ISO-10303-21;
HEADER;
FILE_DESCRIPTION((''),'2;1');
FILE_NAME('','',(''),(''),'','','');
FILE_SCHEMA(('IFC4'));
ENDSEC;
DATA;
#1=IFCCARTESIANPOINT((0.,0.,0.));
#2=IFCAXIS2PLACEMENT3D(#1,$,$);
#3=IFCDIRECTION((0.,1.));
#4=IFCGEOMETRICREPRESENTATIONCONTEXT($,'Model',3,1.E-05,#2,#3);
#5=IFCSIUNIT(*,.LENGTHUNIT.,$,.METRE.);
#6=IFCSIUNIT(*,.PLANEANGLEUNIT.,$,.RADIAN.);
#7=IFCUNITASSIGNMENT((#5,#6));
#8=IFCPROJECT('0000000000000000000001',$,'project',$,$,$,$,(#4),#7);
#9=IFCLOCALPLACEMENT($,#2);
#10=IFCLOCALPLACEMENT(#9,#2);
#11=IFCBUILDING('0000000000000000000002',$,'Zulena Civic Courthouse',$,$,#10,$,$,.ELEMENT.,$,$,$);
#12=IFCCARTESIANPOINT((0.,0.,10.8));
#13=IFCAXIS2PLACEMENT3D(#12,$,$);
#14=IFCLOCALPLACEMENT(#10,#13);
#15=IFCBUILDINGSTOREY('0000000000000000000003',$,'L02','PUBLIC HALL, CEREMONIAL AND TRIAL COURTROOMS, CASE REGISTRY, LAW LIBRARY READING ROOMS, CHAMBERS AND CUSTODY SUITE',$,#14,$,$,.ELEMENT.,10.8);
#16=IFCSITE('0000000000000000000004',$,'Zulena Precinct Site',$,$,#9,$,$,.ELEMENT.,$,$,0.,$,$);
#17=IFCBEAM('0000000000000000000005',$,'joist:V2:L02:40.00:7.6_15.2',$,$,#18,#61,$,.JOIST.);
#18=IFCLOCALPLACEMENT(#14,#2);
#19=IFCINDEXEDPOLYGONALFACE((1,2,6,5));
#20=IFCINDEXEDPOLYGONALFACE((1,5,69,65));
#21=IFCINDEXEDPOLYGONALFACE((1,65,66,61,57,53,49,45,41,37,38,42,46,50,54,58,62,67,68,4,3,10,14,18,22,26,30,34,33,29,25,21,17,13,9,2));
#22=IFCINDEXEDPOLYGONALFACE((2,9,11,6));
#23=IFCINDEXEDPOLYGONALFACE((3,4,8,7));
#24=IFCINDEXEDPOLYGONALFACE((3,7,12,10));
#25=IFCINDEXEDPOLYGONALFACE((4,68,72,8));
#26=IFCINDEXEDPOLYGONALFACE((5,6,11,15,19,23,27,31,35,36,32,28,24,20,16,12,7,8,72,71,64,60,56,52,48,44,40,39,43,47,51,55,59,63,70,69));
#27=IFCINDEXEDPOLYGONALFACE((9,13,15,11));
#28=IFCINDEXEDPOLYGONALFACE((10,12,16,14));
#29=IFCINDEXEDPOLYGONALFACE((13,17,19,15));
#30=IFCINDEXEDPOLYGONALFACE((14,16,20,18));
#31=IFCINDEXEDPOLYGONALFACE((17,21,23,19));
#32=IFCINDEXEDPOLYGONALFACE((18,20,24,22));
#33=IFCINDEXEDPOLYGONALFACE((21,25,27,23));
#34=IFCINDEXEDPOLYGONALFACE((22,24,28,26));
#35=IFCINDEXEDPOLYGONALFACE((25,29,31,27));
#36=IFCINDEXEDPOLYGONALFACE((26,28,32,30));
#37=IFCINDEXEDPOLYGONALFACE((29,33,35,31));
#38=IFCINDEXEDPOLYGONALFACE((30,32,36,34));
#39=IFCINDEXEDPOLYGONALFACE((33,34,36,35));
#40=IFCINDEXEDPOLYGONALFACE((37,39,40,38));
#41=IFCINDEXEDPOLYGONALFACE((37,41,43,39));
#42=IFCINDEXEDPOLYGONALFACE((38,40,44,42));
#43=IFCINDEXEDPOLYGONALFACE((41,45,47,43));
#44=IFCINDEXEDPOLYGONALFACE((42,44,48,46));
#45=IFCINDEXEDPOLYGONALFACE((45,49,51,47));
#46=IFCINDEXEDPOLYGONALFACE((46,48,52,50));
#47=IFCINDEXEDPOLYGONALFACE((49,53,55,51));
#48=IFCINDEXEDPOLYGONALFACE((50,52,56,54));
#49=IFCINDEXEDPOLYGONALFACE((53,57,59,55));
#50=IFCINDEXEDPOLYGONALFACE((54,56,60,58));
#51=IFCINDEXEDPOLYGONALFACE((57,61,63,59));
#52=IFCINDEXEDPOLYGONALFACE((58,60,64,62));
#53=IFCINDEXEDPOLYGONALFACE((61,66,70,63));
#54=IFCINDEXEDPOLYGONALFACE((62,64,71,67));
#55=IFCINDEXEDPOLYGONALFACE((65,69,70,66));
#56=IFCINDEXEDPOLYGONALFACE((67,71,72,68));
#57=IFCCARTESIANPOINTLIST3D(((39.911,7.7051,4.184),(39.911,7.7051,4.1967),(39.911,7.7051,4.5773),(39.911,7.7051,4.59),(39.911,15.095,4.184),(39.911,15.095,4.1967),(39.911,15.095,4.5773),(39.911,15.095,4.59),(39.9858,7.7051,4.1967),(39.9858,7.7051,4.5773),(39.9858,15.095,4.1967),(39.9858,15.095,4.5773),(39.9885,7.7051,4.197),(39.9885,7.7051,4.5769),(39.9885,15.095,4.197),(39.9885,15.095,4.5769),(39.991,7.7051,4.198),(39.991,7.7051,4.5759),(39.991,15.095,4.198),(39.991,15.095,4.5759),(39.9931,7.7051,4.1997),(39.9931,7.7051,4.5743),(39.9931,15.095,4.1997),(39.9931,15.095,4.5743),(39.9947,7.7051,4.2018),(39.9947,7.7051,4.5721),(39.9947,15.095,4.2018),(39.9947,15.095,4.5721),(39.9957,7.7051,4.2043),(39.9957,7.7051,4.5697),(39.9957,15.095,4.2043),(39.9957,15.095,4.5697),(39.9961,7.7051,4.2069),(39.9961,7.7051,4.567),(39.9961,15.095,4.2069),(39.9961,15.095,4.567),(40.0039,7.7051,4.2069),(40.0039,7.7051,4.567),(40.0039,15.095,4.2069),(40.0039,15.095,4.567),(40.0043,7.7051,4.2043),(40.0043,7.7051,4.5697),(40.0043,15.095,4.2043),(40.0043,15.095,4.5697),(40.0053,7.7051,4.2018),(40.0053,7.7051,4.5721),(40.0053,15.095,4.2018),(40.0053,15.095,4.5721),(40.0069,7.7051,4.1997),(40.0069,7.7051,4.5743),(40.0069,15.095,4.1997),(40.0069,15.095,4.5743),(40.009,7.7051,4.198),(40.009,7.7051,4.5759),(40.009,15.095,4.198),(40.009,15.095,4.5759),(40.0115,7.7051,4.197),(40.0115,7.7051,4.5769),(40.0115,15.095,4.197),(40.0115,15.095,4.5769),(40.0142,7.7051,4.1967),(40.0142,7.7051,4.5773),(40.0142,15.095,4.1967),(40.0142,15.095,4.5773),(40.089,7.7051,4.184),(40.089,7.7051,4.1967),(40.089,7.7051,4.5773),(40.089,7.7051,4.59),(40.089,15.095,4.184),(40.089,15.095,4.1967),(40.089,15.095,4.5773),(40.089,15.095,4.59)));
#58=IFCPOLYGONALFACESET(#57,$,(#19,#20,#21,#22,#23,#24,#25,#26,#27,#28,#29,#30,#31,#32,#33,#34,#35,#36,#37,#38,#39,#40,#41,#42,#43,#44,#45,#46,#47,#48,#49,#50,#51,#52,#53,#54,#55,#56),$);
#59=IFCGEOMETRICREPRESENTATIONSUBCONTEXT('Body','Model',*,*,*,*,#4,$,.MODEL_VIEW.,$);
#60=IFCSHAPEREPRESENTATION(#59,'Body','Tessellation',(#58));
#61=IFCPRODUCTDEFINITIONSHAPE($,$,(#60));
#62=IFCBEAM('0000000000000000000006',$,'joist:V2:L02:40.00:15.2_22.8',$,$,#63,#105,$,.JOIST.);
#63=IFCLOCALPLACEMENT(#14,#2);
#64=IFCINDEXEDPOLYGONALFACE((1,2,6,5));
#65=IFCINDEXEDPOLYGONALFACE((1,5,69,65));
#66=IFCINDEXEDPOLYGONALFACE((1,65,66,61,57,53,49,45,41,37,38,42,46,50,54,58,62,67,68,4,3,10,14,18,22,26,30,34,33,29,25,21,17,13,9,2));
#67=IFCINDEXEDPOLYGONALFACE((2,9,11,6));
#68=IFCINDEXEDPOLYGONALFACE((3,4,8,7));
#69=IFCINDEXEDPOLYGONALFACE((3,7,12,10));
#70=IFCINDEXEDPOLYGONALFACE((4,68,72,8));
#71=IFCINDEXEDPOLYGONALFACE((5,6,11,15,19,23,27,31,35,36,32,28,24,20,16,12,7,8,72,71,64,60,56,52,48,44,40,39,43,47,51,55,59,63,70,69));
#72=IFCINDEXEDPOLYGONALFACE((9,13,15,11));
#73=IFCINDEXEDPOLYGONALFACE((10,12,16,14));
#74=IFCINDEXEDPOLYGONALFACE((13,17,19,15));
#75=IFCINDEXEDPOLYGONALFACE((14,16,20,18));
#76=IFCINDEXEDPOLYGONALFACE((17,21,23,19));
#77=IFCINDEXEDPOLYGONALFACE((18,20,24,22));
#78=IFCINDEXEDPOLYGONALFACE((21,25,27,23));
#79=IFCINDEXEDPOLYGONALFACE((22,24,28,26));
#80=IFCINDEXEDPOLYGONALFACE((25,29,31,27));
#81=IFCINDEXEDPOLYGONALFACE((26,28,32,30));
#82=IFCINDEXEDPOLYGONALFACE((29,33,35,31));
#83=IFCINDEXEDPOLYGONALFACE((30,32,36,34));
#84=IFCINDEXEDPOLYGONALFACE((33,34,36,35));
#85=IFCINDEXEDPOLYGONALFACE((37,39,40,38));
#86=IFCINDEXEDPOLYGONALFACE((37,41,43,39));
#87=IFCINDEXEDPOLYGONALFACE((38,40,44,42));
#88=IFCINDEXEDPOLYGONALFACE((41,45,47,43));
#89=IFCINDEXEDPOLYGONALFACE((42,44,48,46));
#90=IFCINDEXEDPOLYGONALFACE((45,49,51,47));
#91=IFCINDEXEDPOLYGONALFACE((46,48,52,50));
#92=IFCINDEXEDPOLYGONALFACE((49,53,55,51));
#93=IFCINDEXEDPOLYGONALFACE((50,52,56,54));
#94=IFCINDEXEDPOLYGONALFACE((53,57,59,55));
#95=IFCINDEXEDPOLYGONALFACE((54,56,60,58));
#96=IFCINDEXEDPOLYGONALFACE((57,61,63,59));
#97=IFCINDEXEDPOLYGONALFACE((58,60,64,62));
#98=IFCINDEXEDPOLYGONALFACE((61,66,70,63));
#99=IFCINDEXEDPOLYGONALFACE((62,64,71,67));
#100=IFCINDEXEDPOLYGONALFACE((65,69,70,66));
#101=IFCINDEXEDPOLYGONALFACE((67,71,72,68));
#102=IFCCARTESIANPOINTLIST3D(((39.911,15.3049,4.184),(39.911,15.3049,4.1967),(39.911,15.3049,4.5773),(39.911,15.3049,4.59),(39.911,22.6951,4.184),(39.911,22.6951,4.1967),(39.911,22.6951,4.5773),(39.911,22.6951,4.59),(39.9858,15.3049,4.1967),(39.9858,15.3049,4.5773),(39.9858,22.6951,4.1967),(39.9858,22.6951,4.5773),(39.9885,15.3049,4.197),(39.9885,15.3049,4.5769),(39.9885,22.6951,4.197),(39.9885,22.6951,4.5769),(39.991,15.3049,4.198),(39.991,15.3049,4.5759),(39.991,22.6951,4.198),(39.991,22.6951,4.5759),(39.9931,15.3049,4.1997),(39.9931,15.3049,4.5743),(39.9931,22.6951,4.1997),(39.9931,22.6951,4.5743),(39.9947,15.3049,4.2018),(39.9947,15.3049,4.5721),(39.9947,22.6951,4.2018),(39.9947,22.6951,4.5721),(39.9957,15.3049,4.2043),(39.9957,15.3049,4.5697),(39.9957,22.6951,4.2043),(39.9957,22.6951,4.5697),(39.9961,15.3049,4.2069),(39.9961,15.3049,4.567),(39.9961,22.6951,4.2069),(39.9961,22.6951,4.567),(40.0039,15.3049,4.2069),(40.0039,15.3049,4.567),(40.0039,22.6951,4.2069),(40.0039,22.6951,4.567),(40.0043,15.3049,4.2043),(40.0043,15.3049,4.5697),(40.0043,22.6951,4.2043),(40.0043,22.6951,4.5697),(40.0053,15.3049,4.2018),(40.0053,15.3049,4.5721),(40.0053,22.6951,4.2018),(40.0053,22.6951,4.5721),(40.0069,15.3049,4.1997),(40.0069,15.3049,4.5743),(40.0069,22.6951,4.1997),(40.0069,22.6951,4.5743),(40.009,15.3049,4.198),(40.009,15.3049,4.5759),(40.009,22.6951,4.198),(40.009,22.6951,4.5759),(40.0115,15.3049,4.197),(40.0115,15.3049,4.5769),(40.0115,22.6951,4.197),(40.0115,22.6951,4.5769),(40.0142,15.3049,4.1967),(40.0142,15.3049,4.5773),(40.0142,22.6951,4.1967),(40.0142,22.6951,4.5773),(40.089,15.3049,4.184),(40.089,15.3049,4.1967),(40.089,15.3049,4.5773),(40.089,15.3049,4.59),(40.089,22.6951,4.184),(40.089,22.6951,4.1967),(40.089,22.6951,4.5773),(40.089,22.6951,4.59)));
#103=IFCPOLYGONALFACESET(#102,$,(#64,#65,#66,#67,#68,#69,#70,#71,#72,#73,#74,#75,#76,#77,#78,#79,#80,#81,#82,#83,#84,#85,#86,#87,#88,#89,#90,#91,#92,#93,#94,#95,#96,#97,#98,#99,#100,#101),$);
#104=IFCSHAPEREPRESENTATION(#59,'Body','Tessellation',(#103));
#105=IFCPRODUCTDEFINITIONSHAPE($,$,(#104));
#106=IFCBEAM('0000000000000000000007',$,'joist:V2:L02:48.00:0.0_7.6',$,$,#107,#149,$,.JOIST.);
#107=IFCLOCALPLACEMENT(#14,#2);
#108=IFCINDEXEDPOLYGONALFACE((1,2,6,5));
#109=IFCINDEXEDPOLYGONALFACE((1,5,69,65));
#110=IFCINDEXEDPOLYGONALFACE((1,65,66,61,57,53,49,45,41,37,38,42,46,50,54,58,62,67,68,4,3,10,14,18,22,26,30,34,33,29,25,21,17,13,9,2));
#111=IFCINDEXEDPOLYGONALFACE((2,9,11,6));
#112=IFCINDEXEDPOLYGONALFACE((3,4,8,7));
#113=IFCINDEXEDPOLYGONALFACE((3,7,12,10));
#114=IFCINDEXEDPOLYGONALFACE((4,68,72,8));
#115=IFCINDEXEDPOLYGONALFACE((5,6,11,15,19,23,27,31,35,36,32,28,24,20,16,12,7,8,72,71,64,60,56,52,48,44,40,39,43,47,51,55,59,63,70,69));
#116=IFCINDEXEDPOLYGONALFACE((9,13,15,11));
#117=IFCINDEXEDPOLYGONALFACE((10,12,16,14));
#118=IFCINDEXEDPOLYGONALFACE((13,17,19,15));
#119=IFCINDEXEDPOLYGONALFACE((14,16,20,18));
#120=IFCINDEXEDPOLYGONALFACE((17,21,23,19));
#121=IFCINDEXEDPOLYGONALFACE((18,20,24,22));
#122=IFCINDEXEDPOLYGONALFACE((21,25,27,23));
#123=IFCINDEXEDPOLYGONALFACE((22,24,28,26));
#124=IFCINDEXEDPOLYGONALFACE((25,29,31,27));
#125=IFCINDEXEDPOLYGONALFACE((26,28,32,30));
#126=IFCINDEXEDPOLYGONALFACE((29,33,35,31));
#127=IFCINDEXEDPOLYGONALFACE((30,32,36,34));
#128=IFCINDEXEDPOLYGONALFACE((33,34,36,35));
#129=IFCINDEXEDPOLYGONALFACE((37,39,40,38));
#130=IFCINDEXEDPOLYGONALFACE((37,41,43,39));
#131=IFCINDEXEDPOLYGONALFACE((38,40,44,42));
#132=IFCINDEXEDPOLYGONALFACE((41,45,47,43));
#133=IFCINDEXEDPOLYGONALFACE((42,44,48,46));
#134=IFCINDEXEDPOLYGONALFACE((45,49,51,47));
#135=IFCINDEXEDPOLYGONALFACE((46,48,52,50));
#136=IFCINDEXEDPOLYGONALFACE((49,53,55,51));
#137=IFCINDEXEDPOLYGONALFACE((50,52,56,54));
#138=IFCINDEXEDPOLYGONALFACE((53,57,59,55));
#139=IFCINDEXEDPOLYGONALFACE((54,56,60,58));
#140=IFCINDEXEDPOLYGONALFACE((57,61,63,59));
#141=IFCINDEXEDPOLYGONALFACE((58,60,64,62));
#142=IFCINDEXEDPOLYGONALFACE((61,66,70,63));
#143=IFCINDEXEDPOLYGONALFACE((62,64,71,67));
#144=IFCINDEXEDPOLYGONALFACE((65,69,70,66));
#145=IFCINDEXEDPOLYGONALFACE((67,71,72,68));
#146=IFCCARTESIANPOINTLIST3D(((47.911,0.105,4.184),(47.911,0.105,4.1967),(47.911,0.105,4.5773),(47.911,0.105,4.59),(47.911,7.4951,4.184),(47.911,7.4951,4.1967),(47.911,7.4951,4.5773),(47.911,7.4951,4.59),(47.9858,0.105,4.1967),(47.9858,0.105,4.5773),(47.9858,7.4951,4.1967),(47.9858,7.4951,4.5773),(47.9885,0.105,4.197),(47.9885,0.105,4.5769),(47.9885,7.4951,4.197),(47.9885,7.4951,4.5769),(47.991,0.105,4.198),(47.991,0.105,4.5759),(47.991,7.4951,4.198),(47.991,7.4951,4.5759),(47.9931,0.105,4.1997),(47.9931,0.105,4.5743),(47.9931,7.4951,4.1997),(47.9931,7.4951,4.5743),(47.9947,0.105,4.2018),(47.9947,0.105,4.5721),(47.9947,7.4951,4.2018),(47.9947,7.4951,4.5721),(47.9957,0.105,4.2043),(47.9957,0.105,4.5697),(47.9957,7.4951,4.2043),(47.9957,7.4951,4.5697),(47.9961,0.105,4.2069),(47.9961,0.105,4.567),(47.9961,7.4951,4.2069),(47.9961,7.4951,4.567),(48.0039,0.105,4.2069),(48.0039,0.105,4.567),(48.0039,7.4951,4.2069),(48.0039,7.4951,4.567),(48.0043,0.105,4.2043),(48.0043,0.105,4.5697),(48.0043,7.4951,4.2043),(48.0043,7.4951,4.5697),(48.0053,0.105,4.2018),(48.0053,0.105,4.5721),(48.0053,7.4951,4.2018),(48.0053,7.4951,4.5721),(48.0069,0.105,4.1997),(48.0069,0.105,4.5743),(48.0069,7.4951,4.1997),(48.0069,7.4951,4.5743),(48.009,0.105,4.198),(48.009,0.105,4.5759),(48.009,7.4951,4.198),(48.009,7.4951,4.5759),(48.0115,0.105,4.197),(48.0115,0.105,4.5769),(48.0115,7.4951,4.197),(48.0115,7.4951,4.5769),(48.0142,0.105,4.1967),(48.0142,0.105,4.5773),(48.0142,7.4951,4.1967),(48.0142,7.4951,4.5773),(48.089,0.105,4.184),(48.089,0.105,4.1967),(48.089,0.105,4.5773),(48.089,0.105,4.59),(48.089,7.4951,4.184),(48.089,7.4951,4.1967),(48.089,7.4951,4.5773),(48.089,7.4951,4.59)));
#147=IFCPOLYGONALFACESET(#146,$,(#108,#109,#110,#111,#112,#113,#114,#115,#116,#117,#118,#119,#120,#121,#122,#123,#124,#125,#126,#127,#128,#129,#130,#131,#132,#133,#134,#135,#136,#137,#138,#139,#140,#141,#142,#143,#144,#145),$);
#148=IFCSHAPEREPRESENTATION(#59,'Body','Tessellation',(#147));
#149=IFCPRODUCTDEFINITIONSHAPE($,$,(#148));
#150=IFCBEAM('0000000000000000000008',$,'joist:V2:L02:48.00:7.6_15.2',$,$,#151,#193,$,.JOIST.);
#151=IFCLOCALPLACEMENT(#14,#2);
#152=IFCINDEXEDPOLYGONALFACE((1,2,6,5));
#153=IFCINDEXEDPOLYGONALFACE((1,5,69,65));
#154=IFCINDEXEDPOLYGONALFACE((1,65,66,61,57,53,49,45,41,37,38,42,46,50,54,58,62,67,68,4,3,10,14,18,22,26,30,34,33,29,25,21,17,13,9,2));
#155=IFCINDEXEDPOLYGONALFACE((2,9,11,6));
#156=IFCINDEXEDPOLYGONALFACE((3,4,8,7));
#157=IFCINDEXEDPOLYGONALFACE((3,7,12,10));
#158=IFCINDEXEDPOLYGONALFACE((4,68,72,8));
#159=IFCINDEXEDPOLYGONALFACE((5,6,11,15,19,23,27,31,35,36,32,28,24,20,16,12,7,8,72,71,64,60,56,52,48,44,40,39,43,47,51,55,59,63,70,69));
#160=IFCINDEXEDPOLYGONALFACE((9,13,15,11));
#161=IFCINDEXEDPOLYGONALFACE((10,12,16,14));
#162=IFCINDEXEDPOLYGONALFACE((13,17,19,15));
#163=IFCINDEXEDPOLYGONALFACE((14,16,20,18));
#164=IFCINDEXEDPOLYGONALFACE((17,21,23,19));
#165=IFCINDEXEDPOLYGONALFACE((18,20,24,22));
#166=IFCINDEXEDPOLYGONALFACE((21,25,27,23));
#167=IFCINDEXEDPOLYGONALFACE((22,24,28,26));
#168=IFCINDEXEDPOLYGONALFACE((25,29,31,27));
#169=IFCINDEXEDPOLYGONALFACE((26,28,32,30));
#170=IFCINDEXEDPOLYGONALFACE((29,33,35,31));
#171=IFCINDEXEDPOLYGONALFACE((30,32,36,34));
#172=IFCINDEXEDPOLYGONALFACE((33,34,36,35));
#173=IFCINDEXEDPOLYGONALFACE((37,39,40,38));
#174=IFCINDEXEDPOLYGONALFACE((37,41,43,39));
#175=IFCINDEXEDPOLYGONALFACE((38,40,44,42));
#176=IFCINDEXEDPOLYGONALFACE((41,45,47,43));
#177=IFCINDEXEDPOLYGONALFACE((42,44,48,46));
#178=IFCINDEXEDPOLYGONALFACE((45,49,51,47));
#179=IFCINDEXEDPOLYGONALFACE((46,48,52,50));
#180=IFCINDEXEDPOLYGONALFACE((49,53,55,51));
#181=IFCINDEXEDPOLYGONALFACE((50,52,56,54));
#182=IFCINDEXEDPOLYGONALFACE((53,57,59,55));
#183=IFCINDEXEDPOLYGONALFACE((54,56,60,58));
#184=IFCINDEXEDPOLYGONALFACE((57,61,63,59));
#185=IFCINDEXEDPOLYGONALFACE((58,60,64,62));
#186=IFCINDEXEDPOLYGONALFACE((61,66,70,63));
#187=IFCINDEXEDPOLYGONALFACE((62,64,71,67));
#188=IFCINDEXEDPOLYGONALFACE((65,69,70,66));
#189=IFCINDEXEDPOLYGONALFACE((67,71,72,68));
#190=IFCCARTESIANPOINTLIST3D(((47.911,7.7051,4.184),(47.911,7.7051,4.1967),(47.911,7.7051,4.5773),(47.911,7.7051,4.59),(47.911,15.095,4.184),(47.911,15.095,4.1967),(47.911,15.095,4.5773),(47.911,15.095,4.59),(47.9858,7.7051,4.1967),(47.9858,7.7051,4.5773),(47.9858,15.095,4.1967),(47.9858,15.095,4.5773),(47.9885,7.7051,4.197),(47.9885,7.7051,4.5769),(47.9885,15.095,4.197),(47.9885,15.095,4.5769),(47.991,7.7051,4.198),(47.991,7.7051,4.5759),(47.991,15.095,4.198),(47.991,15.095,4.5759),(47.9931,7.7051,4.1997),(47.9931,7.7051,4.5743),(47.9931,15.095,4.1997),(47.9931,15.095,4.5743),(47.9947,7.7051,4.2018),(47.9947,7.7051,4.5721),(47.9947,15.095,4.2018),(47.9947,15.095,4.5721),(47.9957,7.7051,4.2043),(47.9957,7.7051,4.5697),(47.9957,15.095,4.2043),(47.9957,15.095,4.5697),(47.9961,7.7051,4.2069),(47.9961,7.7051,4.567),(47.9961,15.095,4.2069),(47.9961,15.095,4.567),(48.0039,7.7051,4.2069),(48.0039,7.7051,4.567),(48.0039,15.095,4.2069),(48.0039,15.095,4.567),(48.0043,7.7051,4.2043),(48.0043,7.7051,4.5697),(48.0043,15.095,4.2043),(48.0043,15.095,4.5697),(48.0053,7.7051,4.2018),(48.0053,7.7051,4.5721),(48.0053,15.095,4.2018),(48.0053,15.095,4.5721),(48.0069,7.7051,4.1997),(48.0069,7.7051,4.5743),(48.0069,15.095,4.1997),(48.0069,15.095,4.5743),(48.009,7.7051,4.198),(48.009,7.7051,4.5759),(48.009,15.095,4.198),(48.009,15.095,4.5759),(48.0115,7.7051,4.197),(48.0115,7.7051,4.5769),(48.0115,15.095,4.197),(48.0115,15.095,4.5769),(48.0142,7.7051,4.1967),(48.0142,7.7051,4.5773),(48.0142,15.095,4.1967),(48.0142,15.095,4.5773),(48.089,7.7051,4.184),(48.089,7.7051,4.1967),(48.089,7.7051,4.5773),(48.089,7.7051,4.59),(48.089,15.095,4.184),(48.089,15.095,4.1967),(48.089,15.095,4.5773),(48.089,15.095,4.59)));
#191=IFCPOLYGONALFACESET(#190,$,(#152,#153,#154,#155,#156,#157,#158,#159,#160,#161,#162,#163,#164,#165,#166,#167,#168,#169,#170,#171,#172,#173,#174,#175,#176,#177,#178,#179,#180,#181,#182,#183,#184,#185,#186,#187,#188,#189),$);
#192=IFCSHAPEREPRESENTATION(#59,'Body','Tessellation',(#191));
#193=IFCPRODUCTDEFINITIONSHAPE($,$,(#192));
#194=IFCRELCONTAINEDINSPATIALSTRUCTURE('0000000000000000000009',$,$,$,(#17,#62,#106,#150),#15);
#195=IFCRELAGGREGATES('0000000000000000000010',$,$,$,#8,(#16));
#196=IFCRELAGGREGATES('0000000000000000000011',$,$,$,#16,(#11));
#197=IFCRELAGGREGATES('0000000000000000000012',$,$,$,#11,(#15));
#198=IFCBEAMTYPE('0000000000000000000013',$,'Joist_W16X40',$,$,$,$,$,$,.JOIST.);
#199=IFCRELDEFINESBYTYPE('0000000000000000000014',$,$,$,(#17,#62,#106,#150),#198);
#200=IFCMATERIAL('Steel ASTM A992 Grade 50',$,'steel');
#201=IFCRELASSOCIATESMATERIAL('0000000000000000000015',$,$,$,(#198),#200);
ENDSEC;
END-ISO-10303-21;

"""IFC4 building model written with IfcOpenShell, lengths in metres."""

from ifc_helpers import new_model, si_unit, direction, frame, origin, origin_2d, place, context, subcontext, project, spatial, i_section, extrude, material, material_profile, profile_set, type_object, element, save


model = new_model("IFC4")

# Units and contexts
model_context = context("Model", 3, precision=1e-05, world=origin(), true_north=direction((0.0, 1.0)))
body_context = subcontext(model_context, "Body", "Model", "MODEL_VIEW")
ifc_project = project(units=[si_unit("LENGTHUNIT", "METRE"), si_unit("PLANEANGLEUNIT", "RADIAN")], contexts=[model_context])

# Site, building, storey
site_placement = place(None, origin())
site = spatial("IfcSite", under=ifc_project, at=site_placement, Name="Zulena Precinct Site", CompositionType="ELEMENT", RefElevation=0.0)
building_placement = place(site_placement, origin())
building = spatial("IfcBuilding", under=site, at=building_placement, Name="Zulena Civic Courthouse", CompositionType="ELEMENT")
storey_placement = place(building_placement, frame((0.0, 0.0, 10.8)))
storey = spatial("IfcBuildingStorey", under=building, at=storey_placement, Name="L02", Description="PUBLIC HALL, CEREMONIAL AND TRIAL COURTROOMS, CASE REGISTRY, LAW LIBRARY READING ROOMS, CHAMBERS AND CUSTODY SUITE", CompositionType="ELEMENT", Elevation=10.8)

# Shared definitions
ifc_material_1 = material(Name="Steel ASTM A992 Grade 50", Category="steel")

# Beams
ifc_material_profile_1 = material_profile(ifc_material_1, i_section(OverallWidth=0.178, OverallDepth=0.406, WebThickness=0.0078, FlangeThickness=0.0127, FilletRadius=0.0103, at=origin_2d()), Name="W16X40")
ifc_profile_set_1 = profile_set([ifc_material_profile_1], Name="Steel ASTM A992 Grade 50")
beam_type_1 = type_object("IfcBeamType", Name="Joist_W16X40", PredefinedType="JOIST", material=ifc_profile_set_1)
beam_1_placement = place(storey_placement, frame((40.0, 7.7051, 4.387), z_axis=(0.0, 1.0, 0.0), x_axis=(-1.0, 0.0, 0.0)))
element("IfcBeam", 1, at=beam_1_placement, inside=storey, type_object=beam_type_1, Name="joist:V2:L02:40.00:7.6_15.2", PredefinedType="JOIST", context=body_context, shape_type="SweptSolid", body=[
    extrude(i_section(OverallWidth=0.178, OverallDepth=0.406, WebThickness=0.0078, FlangeThickness=0.0127, FilletRadius=0.0103, at=origin_2d()), origin(), (0.0, 0.0, 1.0), 7.3899),
])
for number, where, z_axis, x_axis, name in (
    (2, (40.0, 15.3049, 4.387), (0.0, 1.0, 0.0), (-1.0, 0.0, 0.0), "joist:V2:L02:40.00:15.2_22.8"),
    (3, (48.0, 0.105, 4.387), (0.0, 1.0, 0.0), (-1.0, 0.0, 0.0), "joist:V2:L02:48.00:0.0_7.6"),
):
    element("IfcBeam", number, at=place(storey_placement, frame(where, z_axis=z_axis, x_axis=x_axis)), inside=storey, type_object=beam_type_1, Name=name, PredefinedType="JOIST", context=body_context, shape_type="SweptSolid", body=[
        extrude(i_section(OverallWidth=0.178, OverallDepth=0.406, WebThickness=0.0078, FlangeThickness=0.0127, FilletRadius=0.0103, at=origin_2d()), origin(), (0.0, 0.0, 1.0), 7.3901),
    ])
beam_2_placement = place(storey_placement, frame((48.0, 7.7051, 4.387), z_axis=(0.0, 1.0, 0.0), x_axis=(-1.0, 0.0, 0.0)))
element("IfcBeam", 4, at=beam_2_placement, inside=storey, type_object=beam_type_1, Name="joist:V2:L02:48.00:7.6_15.2", PredefinedType="JOIST", context=body_context, shape_type="SweptSolid", body=[
    extrude(i_section(OverallWidth=0.178, OverallDepth=0.406, WebThickness=0.0078, FlangeThickness=0.0127, FilletRadius=0.0103, at=origin_2d()), origin(), (0.0, 0.0, 1.0), 7.3899),
])

save(model, "model.ifc")
